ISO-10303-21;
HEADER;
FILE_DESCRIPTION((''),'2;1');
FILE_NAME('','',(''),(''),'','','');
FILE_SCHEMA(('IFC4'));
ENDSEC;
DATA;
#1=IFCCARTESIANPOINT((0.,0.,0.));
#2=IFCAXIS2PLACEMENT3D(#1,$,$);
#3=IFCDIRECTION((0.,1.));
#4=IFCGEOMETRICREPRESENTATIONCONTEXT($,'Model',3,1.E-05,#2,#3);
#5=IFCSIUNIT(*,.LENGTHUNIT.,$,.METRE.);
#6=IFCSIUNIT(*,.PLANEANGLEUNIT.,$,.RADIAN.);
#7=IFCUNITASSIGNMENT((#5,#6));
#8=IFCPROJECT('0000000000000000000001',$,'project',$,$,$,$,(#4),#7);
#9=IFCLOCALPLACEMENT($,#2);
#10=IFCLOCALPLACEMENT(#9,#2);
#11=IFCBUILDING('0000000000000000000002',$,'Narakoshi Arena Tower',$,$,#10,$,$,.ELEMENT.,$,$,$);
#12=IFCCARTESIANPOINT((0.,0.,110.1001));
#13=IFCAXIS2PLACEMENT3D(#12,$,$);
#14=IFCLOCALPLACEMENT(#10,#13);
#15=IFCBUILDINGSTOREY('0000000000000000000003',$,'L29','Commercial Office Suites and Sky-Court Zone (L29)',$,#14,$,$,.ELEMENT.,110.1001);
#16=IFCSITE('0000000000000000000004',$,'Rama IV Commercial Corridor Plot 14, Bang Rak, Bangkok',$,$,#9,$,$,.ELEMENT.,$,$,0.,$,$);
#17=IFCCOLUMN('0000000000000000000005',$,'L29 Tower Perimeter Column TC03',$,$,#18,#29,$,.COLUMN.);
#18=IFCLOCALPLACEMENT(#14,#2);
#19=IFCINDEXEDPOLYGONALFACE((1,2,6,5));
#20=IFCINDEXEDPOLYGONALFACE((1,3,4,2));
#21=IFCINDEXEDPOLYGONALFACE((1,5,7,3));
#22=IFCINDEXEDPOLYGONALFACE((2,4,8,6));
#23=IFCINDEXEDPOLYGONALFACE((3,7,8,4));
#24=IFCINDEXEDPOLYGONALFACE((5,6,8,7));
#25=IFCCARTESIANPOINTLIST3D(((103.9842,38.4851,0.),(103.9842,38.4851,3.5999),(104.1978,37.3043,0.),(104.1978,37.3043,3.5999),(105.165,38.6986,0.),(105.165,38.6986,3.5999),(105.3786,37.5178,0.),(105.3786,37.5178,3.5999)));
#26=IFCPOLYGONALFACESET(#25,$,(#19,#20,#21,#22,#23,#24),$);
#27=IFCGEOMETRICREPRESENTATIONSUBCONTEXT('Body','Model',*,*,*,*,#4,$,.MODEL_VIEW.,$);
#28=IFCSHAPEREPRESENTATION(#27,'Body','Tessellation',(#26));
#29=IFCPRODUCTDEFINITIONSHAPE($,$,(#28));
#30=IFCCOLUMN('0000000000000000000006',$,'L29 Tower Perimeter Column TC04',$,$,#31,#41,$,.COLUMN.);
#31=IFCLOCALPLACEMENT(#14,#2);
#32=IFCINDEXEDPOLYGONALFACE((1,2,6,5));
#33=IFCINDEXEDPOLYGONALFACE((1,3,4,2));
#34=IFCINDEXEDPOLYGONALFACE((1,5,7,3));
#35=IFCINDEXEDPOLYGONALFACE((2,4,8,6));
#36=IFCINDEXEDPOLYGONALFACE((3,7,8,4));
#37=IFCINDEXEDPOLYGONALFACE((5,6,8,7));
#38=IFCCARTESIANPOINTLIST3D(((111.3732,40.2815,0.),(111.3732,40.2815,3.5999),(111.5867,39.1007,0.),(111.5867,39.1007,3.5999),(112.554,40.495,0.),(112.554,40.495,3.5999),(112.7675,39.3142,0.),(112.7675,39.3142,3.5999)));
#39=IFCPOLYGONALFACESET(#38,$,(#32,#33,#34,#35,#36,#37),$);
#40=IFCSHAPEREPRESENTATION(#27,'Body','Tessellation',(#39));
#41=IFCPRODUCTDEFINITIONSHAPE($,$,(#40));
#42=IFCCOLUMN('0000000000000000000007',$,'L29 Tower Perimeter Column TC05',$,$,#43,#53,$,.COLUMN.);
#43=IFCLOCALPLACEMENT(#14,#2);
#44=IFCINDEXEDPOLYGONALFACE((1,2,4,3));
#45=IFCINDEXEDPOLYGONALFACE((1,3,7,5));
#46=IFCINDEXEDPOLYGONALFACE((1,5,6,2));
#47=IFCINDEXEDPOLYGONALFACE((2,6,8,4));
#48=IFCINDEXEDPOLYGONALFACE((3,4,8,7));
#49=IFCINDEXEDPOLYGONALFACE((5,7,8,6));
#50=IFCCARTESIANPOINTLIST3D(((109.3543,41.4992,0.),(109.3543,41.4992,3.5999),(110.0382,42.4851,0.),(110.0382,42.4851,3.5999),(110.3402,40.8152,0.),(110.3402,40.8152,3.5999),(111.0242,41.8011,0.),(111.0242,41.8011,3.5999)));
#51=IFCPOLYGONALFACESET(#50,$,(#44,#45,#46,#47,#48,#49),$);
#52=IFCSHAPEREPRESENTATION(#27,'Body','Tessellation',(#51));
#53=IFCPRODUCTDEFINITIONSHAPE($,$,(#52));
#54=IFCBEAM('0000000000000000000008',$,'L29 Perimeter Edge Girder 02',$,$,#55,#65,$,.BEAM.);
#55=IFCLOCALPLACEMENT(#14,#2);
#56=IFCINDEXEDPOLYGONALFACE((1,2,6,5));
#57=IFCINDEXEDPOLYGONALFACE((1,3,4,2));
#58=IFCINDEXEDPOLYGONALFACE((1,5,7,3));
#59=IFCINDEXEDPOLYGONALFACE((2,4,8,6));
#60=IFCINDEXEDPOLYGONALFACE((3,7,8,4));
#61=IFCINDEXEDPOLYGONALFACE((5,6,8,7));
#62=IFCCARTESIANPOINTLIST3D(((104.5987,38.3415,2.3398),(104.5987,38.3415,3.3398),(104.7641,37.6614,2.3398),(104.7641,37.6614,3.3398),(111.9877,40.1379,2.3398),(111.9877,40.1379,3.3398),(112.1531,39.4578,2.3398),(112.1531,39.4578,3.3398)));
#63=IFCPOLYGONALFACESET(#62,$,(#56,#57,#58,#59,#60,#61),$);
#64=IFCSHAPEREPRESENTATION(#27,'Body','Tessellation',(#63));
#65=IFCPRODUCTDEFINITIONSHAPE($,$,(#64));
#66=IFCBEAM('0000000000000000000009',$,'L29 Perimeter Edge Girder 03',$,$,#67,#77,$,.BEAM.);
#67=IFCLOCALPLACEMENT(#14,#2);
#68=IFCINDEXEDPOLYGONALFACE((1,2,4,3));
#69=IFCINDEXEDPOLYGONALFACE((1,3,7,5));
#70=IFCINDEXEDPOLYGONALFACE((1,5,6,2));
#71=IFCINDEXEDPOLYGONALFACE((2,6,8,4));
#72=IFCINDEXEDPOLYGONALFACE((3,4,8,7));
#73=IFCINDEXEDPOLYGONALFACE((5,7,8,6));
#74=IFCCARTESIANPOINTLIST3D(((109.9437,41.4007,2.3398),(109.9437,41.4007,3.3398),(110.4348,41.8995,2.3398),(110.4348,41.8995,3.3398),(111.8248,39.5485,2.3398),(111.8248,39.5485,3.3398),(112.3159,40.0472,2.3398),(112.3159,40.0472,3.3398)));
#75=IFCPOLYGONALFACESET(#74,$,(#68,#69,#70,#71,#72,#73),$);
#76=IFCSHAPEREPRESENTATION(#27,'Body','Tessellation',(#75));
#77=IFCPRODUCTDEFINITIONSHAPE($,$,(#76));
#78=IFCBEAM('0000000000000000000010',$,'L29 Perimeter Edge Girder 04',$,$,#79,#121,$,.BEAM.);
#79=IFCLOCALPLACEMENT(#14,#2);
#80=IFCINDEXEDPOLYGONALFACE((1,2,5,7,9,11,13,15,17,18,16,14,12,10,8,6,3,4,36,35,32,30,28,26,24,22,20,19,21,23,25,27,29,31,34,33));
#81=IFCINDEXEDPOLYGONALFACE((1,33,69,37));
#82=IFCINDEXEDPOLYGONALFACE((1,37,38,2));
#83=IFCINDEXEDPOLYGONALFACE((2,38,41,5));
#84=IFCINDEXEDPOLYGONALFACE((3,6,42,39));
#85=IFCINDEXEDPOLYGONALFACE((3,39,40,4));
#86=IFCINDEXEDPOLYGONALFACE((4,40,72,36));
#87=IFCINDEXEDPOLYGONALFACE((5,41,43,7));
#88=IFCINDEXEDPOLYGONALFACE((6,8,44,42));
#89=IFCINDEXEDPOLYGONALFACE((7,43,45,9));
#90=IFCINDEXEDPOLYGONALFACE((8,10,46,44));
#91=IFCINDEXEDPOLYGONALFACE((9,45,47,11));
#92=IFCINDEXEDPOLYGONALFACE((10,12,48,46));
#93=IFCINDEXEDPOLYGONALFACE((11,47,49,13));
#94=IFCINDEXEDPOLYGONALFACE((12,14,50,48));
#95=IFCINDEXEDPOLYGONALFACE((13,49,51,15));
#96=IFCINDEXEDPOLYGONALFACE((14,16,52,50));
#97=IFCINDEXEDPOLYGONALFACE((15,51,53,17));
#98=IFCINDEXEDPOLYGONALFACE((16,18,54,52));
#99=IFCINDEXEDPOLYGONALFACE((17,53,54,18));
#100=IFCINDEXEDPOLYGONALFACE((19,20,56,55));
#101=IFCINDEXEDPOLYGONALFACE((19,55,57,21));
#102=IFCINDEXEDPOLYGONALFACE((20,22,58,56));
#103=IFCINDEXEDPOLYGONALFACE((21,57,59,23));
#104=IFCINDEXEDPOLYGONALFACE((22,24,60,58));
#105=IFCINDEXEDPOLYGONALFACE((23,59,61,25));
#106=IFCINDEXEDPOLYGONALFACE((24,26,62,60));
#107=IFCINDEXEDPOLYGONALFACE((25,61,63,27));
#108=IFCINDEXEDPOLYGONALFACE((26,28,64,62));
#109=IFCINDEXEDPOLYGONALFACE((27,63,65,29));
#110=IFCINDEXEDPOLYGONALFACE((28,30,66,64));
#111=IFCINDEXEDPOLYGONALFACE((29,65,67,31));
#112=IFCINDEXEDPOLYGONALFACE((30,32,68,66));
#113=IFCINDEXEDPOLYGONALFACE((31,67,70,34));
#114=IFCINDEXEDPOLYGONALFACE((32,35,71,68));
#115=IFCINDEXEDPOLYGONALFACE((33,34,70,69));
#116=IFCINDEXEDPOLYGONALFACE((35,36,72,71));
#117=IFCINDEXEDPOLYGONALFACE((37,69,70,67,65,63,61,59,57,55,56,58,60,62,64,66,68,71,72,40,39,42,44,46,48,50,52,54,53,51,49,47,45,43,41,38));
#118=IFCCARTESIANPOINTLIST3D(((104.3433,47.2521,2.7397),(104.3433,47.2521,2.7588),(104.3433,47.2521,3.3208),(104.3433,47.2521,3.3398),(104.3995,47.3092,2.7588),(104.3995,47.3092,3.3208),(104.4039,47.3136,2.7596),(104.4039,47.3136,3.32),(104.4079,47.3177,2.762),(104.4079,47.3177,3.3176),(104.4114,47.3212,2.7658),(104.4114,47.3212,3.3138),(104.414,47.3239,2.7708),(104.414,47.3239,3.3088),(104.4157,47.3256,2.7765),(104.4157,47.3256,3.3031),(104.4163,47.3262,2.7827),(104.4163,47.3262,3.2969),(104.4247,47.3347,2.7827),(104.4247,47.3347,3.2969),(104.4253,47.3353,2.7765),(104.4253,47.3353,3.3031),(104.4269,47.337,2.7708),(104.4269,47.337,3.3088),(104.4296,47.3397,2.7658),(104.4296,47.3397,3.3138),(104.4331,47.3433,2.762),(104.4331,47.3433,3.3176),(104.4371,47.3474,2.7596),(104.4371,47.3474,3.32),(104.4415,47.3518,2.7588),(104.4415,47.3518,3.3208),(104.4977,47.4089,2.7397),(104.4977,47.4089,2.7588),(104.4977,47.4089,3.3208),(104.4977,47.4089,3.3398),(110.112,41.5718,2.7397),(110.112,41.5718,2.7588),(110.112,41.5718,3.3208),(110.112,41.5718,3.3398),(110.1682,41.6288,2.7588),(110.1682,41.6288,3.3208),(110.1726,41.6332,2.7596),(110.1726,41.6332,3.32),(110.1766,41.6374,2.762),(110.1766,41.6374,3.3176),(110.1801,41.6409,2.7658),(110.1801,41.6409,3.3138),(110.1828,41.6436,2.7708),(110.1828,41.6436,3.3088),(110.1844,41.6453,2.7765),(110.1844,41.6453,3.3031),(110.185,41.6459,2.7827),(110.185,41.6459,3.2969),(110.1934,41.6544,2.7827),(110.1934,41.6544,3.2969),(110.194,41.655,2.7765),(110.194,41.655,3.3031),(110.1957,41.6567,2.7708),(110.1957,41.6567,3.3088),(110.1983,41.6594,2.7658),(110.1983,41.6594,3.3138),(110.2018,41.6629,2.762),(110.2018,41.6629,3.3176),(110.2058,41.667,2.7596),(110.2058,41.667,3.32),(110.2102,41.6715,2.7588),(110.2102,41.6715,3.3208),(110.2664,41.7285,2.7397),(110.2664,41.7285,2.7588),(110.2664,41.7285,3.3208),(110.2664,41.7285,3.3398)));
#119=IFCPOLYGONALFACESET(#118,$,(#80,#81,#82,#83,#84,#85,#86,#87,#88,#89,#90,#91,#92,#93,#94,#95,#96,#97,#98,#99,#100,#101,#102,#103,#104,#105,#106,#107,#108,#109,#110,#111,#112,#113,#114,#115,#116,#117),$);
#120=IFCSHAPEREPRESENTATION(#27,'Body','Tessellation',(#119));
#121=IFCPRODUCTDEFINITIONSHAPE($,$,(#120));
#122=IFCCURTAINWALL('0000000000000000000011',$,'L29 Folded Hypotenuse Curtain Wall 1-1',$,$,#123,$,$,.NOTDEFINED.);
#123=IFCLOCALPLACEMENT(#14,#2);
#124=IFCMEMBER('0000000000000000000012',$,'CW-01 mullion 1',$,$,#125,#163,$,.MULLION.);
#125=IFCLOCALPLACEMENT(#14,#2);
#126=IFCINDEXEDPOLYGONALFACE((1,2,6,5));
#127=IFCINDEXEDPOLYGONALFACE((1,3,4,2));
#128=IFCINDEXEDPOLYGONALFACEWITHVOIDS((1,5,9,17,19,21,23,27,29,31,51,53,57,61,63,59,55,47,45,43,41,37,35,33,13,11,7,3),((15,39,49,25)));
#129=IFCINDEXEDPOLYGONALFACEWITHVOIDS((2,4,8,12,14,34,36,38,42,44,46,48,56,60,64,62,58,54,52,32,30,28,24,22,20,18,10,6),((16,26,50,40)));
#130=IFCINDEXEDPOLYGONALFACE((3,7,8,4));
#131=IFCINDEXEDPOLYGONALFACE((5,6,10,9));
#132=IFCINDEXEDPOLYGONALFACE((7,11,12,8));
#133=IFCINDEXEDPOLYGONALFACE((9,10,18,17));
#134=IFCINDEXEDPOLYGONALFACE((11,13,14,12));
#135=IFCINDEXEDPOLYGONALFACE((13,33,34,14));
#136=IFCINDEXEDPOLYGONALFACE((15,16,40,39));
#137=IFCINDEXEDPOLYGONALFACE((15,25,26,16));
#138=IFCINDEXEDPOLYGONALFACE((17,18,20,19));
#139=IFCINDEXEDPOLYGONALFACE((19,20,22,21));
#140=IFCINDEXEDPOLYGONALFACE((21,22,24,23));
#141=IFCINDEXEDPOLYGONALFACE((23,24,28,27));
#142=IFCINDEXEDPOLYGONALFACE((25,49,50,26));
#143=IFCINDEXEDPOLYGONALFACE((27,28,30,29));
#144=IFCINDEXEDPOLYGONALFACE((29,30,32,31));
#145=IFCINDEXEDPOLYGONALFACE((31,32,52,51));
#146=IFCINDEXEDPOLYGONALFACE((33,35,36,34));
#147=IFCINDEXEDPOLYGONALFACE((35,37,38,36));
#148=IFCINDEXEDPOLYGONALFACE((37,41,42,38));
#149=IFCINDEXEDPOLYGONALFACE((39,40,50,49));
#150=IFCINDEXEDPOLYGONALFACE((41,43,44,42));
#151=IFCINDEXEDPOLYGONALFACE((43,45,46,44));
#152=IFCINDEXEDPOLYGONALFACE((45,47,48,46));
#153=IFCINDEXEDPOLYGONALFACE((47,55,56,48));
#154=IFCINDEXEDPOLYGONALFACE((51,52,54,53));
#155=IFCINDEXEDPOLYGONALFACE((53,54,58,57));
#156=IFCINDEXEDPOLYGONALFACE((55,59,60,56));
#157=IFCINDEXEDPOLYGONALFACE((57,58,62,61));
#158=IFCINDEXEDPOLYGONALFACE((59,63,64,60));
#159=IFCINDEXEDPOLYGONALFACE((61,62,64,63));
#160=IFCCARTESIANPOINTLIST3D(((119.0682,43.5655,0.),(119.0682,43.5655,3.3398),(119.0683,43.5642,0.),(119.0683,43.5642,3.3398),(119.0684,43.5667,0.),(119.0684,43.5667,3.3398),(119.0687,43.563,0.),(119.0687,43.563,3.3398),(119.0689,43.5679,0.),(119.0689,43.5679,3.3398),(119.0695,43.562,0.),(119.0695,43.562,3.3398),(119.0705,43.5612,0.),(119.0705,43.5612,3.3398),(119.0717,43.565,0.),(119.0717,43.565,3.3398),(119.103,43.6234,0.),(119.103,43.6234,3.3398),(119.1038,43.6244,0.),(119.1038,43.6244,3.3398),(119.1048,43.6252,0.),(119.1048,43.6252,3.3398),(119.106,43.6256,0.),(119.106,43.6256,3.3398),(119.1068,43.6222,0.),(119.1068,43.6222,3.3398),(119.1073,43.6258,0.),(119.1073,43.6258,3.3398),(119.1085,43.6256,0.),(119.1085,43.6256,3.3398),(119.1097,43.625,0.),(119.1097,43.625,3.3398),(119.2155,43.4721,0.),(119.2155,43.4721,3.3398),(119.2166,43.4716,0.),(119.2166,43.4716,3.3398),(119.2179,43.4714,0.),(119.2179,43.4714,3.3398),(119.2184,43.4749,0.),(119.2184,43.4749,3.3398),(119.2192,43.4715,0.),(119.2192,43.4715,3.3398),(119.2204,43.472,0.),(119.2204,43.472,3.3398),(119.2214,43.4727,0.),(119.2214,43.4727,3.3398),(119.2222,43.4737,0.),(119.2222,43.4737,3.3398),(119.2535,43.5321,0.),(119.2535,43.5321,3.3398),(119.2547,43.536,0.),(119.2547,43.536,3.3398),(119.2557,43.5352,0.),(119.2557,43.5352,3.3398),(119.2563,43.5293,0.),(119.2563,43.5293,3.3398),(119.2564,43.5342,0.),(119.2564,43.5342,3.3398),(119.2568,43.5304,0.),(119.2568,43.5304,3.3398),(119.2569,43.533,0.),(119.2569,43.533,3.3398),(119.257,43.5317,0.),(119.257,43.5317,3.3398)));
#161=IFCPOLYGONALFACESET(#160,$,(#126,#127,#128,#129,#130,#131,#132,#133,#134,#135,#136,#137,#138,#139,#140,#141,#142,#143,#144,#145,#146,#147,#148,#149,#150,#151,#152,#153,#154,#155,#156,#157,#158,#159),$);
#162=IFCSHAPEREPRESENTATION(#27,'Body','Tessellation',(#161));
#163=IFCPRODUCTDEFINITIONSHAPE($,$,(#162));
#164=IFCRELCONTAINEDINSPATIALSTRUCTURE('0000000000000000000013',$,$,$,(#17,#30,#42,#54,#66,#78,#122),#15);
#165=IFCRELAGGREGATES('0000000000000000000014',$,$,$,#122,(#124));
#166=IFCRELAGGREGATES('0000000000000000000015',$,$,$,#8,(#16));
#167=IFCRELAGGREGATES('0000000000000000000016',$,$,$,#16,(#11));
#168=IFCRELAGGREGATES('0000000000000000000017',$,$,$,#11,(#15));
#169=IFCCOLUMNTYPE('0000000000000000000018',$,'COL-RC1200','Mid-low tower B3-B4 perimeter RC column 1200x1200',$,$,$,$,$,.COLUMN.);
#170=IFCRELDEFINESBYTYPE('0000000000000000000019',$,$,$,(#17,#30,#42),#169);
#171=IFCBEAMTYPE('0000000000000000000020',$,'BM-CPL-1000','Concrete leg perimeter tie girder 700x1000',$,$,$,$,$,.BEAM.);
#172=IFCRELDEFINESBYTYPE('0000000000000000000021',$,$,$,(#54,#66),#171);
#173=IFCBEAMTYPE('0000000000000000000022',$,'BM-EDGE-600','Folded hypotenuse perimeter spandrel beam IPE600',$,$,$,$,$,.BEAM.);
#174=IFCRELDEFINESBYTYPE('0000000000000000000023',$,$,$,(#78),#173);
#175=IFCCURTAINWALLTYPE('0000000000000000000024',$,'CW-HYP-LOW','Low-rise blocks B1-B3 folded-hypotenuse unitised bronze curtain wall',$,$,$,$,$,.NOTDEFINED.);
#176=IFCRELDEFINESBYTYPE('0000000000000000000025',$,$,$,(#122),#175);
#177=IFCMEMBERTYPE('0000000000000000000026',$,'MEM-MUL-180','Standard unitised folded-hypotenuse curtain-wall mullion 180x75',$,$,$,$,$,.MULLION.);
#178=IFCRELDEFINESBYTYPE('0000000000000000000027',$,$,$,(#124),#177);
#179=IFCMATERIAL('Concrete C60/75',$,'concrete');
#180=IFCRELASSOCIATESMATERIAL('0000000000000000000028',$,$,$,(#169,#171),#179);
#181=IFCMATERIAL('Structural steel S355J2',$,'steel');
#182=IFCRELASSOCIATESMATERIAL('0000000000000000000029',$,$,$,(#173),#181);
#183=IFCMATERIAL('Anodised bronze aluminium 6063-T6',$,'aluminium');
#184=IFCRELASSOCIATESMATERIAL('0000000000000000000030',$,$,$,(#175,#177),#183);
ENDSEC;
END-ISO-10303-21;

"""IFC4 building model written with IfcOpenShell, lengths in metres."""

from ifc_helpers import new_model, si_unit, direction, frame, origin, origin_2d, place, context, subcontext, project, spatial, rectangle, hollow_rectangle, i_section, extrude, material, material_profile, profile_set, type_object, element, aggregate, save


model = new_model("IFC4")

# Units and contexts
model_context = context("Model", 3, precision=1e-05, world=origin(), true_north=direction((0.0, 1.0)))
body_context = subcontext(model_context, "Body", "Model", "MODEL_VIEW")
ifc_project = project(units=[si_unit("LENGTHUNIT", "METRE"), si_unit("PLANEANGLEUNIT", "RADIAN")], contexts=[model_context])

# Site, building, storey
site_placement = place(None, origin())
site = spatial("IfcSite", under=ifc_project, at=site_placement, Name="Rama IV Commercial Corridor Plot 14, Bang Rak, Bangkok", CompositionType="ELEMENT", RefElevation=0.0)
building_placement = place(site_placement, origin())
building = spatial("IfcBuilding", under=site, at=building_placement, Name="Narakoshi Arena Tower", CompositionType="ELEMENT")
storey_placement = place(building_placement, frame((0.0, 0.0, 110.1001)))
storey = spatial("IfcBuildingStorey", under=building, at=storey_placement, Name="L29", Description="Commercial Office Suites and Sky-Court Zone (L29)", CompositionType="ELEMENT", Elevation=110.1001)

# Columns
ifc_material_1 = material(Name="Concrete C60/75", Category="concrete")
ifc_material_profile_1 = material_profile(ifc_material_1, rectangle(XDim=1.2, YDim=1.2, at=origin_2d()), Name="RC1200x1200")
ifc_profile_set_1 = profile_set([ifc_material_profile_1], Name="Concrete C60/75")
column_type = type_object("IfcColumnType", Name="COL-RC1200", Description="Mid-low tower B3-B4 perimeter RC column 1200x1200", PredefinedType="COLUMN", material=ifc_profile_set_1)
for number, where, z_axis, x_axis, name in (
    (1, (104.6814, 38.0015, 0.0), (0.0, 0.0, 1.0), (0.984041, 0.177944, 0.0), "L29 Tower Perimeter Column TC03"),
    (2, (112.0703, 39.7979, 0.0), (0.0, 0.0, 1.0), (0.984041, 0.177944, 0.0), "L29 Tower Perimeter Column TC04"),
    (3, (110.1892, 41.6501, 0.0), (0.0, 0.0, 1.0), (0.569997, 0.821647, 0.0), "L29 Tower Perimeter Column TC05"),
):
    element("IfcColumn", number, at=place(storey_placement, frame(where, z_axis=z_axis, x_axis=x_axis)), inside=storey, type_object=column_type, Name=name, PredefinedType="COLUMN", context=body_context, shape_type="SweptSolid", body=[
        extrude(rectangle(XDim=1.2, YDim=1.2, at=origin_2d()), origin(), (0.0, 0.0, 1.0), 3.5999),
    ])

# Beams
ifc_material_profile_2 = material_profile(ifc_material_1, rectangle(XDim=0.7, YDim=1.0, at=origin_2d()), Name="RCB700x1000")
ifc_profile_set_2 = profile_set([ifc_material_profile_2], Name="Concrete C60/75")
beam_type_1 = type_object("IfcBeamType", Name="BM-CPL-1000", Description="Concrete leg perimeter tie girder 700x1000", PredefinedType="BEAM", material=ifc_profile_set_2)
beam_1_placement = place(storey_placement, frame((104.6814, 38.0015, 2.8398), z_axis=(0.971695, 0.236238, 0.0), x_axis=(-0.236238, 0.971695, 0.0)))
element("IfcBeam", 4, at=beam_1_placement, inside=storey, type_object=beam_type_1, Name="L29 Perimeter Edge Girder 02", PredefinedType="BEAM", context=body_context, shape_type="SweptSolid", body=[
    extrude(rectangle(XDim=0.7, YDim=1.0, at=origin_2d()), origin(), (0.0, 0.0, 1.0), 7.6042),
])
beam_2_placement = place(storey_placement, frame((112.0703, 39.7979, 2.8398), z_axis=(-0.712542, 0.70163, 0.0), x_axis=(-0.70163, -0.712542, 0.0)))
element("IfcBeam", 5, at=beam_2_placement, inside=storey, type_object=beam_type_1, Name="L29 Perimeter Edge Girder 03", PredefinedType="BEAM", context=body_context, shape_type="SweptSolid", body=[
    extrude(rectangle(XDim=0.7, YDim=1.0, at=origin_2d()), origin(), (0.0, 0.0, 1.0), 2.6399),
])
ifc_material_2 = material(Name="Structural steel S355J2", Category="steel")
ifc_material_profile_3 = material_profile(ifc_material_2, i_section(OverallWidth=0.22, OverallDepth=0.6001, WebThickness=0.012, FlangeThickness=0.019, FilletRadius=0.0239, at=origin_2d()), Name="IPE600")
ifc_profile_set_3 = profile_set([ifc_material_profile_3], Name="Structural steel S355J2")
beam_type_2 = type_object("IfcBeamType", Name="BM-EDGE-600", Description="Folded hypotenuse perimeter spandrel beam IPE600", PredefinedType="BEAM", material=ifc_profile_set_3)
beam_3_placement = place(storey_placement, frame((110.1892, 41.6501, 3.0398), z_axis=(-0.712544, 0.701628, 0.0), x_axis=(-0.701628, -0.712544, 0.0)))
element("IfcBeam", 6, at=beam_3_placement, inside=storey, type_object=beam_type_2, Name="L29 Perimeter Edge Girder 04", PredefinedType="BEAM", context=body_context, shape_type="SweptSolid", body=[
    extrude(i_section(OverallWidth=0.22, OverallDepth=0.6001, WebThickness=0.012, FlangeThickness=0.019, FilletRadius=0.0239, at=origin_2d()), origin(), (0.0, 0.0, 1.0), 8.0959),
])

# Curtain wall, member
ifc_material_3 = material(Name="Anodised bronze aluminium 6063-T6", Category="aluminium")
curtain_wall_type = type_object("IfcCurtainWallType", Name="CW-HYP-LOW", Description="Low-rise blocks B1-B3 folded-hypotenuse unitised bronze curtain wall", PredefinedType="NOTDEFINED", material=ifc_material_3)
curtain_wall_placement = place(storey_placement, origin())
curtain_wall = element("IfcCurtainWall", 7, at=curtain_wall_placement, inside=storey, type_object=curtain_wall_type, Name="L29 Folded Hypotenuse Curtain Wall 1-1", PredefinedType="NOTDEFINED")
ifc_material_profile_4 = material_profile(ifc_material_3, hollow_rectangle(XDim=0.075, YDim=0.1799, WallThickness=0.0039, OuterFilletRadius=0.0049, at=origin_2d()), Name="MUL180x75x4")
ifc_profile_set_4 = profile_set([ifc_material_profile_4], Name="Anodised bronze aluminium 6063-T6")
member_type_1 = type_object("IfcMemberType", Name="MEM-MUL-180", Description="Standard unitised folded-hypotenuse curtain-wall mullion 180x75", PredefinedType="MULLION", material=ifc_profile_set_4)
member_1_placement = place(storey_placement, frame((119.1626, 43.5486, 0.0), z_axis=(0.0, 0.0, 1.0), x_axis=(-0.523358, -0.852113, 0.0)))
member_1 = element("IfcMember", 8, at=member_1_placement, type_object=member_type_1, Name="CW-01 mullion 1", PredefinedType="MULLION", context=body_context, shape_type="SweptSolid", body=[
    extrude(hollow_rectangle(XDim=0.075, YDim=0.1799, WallThickness=0.0039, OuterFilletRadius=0.0049, at=origin_2d()), origin(), (0.0, 0.0, 1.0), 3.3398),
])
aggregate(curtain_wall, [member_1])

save(model, "model.ifc")
